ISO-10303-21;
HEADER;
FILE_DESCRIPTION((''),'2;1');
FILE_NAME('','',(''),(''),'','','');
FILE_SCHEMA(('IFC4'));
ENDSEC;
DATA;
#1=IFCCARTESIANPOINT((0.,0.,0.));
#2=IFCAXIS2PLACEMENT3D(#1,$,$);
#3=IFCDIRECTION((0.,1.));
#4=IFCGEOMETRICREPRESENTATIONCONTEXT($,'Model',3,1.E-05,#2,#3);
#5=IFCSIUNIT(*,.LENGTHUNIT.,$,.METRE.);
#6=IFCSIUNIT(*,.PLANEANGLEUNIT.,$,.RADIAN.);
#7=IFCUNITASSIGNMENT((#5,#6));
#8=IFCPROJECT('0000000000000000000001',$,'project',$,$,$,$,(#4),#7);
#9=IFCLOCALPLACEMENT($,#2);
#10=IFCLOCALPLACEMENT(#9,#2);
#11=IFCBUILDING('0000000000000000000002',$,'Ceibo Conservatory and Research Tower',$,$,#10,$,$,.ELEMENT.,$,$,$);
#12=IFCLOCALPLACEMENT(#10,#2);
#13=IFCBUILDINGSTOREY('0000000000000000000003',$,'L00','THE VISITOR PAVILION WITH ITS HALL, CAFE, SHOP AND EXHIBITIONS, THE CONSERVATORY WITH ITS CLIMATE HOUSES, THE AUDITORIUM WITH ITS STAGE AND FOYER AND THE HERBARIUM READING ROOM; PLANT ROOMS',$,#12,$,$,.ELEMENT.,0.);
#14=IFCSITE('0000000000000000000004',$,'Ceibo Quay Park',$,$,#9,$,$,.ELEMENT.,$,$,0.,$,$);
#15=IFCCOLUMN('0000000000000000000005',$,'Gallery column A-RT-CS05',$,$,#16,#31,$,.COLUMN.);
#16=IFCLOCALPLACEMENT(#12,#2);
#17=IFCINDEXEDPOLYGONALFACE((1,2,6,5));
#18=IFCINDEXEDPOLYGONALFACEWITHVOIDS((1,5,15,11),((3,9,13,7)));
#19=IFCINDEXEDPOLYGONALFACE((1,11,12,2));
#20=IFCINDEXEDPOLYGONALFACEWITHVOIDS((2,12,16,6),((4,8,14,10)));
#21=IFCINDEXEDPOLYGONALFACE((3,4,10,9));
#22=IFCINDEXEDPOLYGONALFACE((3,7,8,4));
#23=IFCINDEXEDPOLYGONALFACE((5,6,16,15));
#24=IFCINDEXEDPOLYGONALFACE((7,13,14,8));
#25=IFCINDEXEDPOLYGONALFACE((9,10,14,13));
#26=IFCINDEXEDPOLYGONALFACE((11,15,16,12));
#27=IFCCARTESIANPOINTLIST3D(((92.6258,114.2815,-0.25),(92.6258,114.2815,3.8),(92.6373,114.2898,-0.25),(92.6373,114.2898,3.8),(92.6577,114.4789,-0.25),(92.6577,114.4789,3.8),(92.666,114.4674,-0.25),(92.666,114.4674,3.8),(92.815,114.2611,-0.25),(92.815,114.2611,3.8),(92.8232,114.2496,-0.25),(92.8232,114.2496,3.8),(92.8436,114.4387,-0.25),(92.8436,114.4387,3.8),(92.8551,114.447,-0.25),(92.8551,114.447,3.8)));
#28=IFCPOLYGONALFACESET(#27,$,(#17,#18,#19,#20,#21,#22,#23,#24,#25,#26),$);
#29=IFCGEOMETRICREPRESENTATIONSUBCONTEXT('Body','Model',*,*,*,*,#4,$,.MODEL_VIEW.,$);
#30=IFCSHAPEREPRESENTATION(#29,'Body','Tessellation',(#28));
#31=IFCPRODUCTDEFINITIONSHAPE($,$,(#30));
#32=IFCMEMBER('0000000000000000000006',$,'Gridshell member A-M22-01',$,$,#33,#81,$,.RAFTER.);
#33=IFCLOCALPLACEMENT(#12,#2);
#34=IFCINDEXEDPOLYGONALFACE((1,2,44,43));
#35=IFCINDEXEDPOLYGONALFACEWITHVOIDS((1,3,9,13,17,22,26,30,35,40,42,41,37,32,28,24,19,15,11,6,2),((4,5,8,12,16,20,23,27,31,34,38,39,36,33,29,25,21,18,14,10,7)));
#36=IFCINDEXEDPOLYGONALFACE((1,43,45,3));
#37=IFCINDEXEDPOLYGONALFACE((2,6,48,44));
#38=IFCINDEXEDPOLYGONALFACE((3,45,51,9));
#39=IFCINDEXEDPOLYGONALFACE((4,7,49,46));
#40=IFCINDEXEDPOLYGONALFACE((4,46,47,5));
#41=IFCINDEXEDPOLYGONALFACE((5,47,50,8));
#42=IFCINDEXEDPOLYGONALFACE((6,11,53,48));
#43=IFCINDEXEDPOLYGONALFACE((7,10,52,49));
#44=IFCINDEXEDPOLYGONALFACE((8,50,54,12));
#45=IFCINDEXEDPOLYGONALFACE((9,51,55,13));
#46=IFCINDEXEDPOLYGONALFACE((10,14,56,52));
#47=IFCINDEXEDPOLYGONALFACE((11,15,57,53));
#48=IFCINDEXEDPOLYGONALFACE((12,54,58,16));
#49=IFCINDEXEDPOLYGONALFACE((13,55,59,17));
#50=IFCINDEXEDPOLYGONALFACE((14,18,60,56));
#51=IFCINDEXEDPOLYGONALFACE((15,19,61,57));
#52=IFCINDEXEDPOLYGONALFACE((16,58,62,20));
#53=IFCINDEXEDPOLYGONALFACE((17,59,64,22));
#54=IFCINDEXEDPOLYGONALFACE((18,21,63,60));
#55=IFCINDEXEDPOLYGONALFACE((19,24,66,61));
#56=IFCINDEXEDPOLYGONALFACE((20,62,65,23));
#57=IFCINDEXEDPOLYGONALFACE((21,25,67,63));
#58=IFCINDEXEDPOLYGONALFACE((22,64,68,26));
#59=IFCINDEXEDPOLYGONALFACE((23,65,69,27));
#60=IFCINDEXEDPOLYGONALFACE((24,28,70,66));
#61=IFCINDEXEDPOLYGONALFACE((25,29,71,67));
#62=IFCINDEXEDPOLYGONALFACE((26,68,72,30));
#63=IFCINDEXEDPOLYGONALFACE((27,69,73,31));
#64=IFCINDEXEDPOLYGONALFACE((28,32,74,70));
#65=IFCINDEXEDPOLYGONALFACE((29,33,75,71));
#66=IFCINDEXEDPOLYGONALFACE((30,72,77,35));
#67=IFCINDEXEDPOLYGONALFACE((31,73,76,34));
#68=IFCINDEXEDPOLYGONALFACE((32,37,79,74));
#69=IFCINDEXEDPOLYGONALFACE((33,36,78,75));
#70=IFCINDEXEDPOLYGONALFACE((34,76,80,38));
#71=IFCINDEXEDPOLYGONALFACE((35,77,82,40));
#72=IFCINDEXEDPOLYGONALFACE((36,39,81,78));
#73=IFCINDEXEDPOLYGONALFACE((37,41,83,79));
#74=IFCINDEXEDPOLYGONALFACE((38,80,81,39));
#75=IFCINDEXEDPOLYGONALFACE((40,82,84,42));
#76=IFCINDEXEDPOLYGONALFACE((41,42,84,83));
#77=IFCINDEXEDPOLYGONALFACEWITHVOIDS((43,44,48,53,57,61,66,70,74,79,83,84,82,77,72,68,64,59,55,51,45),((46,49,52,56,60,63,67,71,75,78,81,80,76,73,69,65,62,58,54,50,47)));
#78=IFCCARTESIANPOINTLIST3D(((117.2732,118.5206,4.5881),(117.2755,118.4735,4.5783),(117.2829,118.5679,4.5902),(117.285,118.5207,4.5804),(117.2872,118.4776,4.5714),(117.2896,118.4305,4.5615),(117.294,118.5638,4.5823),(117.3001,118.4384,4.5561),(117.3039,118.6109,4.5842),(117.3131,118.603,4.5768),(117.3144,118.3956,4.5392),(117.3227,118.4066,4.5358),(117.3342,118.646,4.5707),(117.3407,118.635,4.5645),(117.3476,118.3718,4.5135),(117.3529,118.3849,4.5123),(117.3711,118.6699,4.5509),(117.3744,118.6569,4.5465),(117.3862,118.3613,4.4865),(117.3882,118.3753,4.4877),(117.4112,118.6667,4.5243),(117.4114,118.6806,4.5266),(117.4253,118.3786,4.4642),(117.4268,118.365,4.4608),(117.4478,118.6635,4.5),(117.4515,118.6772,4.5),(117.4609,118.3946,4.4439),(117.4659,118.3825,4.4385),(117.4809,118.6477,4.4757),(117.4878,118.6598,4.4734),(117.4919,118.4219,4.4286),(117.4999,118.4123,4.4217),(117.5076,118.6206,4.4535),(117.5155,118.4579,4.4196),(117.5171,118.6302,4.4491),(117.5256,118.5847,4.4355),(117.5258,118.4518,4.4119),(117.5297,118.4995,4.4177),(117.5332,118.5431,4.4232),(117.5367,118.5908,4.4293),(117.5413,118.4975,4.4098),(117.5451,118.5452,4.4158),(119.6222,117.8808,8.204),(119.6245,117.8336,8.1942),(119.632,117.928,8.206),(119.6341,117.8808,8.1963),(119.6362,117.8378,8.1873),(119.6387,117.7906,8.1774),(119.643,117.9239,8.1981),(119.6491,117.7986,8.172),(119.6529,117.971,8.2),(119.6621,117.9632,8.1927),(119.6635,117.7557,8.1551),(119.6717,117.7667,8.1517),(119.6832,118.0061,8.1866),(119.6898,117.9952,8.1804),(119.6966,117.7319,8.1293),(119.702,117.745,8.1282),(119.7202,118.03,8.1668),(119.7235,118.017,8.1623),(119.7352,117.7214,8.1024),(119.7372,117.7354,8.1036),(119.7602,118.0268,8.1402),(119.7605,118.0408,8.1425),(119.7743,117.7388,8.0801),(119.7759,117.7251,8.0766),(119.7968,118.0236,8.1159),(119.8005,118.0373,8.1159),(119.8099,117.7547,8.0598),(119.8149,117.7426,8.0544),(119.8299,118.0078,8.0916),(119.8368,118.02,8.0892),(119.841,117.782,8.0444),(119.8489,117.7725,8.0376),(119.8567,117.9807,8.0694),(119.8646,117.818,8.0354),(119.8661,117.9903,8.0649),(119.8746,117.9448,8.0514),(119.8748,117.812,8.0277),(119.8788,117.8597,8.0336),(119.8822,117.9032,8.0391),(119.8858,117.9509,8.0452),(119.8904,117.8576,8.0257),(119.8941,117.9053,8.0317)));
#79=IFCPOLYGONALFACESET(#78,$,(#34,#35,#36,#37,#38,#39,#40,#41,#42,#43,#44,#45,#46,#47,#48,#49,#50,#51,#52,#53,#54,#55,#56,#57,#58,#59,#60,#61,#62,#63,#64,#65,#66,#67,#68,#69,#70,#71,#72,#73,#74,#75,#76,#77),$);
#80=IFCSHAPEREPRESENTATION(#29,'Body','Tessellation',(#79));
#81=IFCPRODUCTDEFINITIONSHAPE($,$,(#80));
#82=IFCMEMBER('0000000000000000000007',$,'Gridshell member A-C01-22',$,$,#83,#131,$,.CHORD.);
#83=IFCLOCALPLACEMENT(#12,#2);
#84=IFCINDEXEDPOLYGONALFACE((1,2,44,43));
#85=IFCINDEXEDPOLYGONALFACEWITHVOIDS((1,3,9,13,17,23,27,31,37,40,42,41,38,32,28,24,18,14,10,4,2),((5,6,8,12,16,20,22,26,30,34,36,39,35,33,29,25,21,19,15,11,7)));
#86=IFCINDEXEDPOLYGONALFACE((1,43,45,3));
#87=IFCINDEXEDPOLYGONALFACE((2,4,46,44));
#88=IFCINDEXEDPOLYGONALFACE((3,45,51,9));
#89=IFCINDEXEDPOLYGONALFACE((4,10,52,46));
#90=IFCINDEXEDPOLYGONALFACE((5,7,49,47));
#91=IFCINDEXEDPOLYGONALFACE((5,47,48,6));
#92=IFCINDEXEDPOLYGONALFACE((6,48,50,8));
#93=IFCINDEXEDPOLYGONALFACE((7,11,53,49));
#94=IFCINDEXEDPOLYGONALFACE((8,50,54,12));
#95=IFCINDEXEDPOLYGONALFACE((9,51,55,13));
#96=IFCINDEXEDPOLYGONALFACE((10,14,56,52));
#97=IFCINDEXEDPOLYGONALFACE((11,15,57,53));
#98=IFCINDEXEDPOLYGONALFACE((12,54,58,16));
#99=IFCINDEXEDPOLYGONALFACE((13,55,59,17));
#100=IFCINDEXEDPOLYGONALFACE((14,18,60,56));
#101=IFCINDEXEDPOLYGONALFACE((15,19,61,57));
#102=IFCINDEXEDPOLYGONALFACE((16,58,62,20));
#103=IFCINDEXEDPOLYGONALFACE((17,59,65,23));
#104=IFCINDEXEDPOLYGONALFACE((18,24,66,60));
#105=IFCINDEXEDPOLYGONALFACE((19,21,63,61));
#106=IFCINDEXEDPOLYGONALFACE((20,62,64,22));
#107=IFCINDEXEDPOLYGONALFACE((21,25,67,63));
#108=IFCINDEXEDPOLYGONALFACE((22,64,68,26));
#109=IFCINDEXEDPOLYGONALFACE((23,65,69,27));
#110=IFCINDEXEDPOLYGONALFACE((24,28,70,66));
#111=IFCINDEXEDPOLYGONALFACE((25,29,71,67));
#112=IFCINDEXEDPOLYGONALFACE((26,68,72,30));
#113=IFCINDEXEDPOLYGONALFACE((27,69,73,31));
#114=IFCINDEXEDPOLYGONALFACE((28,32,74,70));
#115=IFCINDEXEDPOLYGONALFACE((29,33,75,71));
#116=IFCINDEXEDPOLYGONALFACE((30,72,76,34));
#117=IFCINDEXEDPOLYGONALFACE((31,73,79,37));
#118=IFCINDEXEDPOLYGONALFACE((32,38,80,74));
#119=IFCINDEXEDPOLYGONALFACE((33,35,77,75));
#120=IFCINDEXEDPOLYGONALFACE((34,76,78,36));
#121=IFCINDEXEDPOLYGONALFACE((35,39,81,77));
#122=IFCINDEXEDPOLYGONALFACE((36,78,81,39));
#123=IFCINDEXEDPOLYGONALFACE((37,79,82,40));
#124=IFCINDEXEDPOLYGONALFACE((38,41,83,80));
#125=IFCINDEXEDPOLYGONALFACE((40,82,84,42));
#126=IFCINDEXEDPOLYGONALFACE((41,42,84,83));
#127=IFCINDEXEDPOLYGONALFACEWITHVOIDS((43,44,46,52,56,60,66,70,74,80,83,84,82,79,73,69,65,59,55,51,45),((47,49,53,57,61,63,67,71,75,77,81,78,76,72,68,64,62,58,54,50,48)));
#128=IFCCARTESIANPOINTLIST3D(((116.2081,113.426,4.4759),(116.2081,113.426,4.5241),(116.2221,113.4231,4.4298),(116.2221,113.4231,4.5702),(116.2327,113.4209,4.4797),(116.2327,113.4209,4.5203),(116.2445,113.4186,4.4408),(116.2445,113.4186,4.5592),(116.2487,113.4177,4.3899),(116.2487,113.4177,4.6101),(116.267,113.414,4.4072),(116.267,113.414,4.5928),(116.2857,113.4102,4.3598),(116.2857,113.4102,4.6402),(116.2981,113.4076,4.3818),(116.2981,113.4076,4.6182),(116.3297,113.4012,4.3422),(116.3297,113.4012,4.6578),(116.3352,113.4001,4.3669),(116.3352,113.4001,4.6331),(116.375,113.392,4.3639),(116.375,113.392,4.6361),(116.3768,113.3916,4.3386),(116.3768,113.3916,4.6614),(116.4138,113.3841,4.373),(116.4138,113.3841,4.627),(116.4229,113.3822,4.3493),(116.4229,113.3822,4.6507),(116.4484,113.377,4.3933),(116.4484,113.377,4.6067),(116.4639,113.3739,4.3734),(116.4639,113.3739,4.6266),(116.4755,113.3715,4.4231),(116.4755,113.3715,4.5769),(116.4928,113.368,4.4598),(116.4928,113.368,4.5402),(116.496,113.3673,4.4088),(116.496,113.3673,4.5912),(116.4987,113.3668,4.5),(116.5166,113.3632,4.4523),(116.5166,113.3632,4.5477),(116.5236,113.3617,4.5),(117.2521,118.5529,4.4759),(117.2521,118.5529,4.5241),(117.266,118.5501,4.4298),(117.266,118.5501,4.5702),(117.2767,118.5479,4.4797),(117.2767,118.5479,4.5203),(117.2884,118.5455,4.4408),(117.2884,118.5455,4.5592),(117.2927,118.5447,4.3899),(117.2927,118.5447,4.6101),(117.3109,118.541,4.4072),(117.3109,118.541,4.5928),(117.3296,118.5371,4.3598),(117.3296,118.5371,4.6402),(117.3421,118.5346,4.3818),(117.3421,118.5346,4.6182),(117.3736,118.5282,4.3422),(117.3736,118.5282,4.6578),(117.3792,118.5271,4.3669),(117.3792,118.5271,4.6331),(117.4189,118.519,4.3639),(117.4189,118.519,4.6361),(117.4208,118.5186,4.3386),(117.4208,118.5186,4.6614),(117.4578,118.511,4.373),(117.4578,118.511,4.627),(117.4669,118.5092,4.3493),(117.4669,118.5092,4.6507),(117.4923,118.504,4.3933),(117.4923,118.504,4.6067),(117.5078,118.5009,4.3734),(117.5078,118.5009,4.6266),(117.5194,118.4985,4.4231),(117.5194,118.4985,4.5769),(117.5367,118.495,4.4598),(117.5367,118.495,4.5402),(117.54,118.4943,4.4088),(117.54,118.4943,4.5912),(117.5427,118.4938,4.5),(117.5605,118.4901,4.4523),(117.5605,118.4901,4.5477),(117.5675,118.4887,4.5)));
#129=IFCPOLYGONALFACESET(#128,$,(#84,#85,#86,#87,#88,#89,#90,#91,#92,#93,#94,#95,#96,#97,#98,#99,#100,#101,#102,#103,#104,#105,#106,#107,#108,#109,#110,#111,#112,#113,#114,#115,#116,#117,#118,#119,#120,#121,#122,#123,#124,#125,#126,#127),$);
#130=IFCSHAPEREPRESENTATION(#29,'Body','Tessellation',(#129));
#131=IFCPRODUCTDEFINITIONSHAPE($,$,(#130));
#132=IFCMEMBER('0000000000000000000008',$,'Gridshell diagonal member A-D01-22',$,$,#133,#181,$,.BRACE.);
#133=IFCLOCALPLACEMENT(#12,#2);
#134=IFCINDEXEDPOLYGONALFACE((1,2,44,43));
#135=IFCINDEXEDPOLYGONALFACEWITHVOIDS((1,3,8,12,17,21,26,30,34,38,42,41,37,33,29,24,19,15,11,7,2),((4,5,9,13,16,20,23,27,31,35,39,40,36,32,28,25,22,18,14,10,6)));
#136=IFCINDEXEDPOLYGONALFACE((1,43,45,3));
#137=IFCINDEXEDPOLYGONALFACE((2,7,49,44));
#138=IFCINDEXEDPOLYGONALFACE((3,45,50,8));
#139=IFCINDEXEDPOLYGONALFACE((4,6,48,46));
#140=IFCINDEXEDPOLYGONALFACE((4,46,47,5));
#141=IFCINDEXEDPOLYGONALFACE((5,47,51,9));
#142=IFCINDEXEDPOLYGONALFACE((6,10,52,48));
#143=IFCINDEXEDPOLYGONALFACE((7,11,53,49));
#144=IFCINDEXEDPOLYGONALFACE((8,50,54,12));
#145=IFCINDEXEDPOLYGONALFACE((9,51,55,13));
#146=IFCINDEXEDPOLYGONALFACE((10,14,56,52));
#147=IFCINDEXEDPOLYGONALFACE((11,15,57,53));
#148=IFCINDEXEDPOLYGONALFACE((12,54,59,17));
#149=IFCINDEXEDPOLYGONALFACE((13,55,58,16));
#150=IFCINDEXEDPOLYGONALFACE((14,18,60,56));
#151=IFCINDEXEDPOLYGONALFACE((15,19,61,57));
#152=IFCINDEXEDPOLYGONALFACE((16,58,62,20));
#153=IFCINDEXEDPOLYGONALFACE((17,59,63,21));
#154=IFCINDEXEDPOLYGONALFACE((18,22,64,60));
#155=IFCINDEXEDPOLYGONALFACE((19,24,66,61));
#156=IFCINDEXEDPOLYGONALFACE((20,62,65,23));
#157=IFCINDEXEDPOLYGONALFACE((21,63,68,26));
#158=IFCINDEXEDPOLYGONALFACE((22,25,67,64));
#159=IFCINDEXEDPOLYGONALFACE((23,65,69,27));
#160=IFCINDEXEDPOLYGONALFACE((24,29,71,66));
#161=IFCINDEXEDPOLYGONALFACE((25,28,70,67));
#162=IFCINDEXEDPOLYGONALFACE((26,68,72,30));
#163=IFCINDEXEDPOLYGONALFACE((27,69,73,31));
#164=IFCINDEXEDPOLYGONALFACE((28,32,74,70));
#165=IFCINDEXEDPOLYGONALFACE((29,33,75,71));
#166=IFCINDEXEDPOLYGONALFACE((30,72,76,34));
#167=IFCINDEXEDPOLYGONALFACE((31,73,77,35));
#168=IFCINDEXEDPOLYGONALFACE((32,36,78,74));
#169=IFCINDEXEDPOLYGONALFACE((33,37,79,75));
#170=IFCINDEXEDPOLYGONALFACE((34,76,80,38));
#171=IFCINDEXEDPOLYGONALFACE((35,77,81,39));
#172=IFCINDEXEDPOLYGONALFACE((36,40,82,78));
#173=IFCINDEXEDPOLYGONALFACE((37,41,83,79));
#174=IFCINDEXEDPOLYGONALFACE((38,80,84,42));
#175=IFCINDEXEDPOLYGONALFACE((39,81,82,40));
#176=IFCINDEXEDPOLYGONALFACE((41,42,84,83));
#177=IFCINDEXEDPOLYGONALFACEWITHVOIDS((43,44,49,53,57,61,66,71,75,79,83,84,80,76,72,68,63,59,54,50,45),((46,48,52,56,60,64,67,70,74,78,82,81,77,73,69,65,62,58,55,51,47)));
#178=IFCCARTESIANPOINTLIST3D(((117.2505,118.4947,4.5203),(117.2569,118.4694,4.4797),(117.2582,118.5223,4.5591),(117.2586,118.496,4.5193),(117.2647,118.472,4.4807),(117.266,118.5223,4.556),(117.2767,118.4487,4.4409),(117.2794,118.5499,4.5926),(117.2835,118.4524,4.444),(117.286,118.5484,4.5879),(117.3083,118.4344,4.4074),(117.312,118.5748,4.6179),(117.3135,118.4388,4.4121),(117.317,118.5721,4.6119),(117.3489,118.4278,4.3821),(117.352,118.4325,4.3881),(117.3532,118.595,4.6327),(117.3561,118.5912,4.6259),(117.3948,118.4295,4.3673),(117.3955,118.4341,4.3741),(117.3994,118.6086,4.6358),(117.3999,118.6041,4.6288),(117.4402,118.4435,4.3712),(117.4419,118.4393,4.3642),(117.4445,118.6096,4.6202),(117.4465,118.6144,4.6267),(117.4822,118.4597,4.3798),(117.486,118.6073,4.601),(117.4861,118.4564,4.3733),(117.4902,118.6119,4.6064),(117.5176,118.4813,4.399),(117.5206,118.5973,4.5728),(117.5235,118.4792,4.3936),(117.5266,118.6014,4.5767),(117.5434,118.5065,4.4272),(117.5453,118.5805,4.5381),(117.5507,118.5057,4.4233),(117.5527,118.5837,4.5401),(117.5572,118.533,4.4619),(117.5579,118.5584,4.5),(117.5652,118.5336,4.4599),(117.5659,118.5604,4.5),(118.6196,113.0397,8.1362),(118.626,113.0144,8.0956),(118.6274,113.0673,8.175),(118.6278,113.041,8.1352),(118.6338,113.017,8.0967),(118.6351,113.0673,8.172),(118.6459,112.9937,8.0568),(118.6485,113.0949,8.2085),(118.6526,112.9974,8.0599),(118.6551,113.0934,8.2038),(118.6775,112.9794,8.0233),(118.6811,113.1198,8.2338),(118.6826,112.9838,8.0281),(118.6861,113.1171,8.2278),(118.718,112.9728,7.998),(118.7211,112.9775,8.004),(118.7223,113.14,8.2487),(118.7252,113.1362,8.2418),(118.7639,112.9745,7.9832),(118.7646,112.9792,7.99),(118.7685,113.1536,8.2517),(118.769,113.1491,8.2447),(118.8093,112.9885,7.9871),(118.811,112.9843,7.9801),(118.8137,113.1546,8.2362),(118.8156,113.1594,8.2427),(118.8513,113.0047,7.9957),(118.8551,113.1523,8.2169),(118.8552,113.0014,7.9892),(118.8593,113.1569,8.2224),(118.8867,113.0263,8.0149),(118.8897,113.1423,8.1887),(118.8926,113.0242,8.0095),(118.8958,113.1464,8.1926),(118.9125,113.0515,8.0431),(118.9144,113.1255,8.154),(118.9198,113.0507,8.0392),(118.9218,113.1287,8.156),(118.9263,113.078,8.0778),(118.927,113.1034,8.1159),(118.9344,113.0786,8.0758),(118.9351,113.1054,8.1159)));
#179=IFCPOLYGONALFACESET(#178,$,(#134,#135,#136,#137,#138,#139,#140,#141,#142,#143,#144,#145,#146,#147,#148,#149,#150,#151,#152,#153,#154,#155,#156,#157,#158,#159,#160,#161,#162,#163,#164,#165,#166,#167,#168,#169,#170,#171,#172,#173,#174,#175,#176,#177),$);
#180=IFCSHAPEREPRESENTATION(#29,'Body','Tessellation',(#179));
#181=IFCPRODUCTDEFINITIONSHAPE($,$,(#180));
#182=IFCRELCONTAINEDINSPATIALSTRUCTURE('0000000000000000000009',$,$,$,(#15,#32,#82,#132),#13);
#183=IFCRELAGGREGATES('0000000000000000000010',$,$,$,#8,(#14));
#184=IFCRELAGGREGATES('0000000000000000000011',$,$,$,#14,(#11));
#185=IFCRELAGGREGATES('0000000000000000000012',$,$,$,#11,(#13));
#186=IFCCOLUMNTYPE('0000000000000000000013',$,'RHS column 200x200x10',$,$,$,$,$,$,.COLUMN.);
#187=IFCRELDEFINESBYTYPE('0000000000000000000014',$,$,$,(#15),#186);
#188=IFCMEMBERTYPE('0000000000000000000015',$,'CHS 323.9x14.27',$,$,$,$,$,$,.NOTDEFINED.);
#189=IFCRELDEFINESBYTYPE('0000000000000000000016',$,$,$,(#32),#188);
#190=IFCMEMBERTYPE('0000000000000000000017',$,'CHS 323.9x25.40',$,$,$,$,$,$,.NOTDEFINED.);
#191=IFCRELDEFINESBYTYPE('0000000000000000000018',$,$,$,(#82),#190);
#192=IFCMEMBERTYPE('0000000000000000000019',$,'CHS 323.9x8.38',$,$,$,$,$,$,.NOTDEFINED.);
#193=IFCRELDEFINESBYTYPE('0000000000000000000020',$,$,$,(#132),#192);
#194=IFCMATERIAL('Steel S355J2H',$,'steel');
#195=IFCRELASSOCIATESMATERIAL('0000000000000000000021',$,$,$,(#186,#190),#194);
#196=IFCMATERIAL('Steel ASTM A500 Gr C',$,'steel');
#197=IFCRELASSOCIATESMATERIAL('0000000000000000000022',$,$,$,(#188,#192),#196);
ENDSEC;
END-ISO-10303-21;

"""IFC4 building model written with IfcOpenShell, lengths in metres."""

from ifc_helpers import new_model, si_unit, direction, frame, origin, origin_2d, place, context, subcontext, project, spatial, hollow_rectangle, hollow_circle, extrude, material, material_profile, profile_set, type_object, element, save


model = new_model("IFC4")

# Units and contexts
model_context = context("Model", 3, precision=1e-05, world=origin(), true_north=direction((0.0, 1.0)))
body_context = subcontext(model_context, "Body", "Model", "MODEL_VIEW")
ifc_project = project(units=[si_unit("LENGTHUNIT", "METRE"), si_unit("PLANEANGLEUNIT", "RADIAN")], contexts=[model_context])

# Site, building, storey
site_placement = place(None, origin())
site = spatial("IfcSite", under=ifc_project, at=site_placement, Name="Ceibo Quay Park", CompositionType="ELEMENT", RefElevation=0.0)
building_placement = place(site_placement, origin())
building = spatial("IfcBuilding", under=site, at=building_placement, Name="Ceibo Conservatory and Research Tower", CompositionType="ELEMENT")
storey_placement = place(building_placement, origin())
storey = spatial("IfcBuildingStorey", under=building, at=storey_placement, Name="L00", Description="THE VISITOR PAVILION WITH ITS HALL, CAFE, SHOP AND EXHIBITIONS, THE CONSERVATORY WITH ITS CLIMATE HOUSES, THE AUDITORIUM WITH ITS STAGE AND FOYER AND THE HERBARIUM READING ROOM; PLANT ROOMS", CompositionType="ELEMENT", Elevation=0.0)

# Column
ifc_material_1 = material(Name="Steel S355J2H", Category="steel")
ifc_material_profile_1 = material_profile(ifc_material_1, hollow_rectangle(XDim=0.2, YDim=0.2, WallThickness=0.01, at=origin_2d()), Name="RHS column 200x200x10")
ifc_profile_set_1 = profile_set([ifc_material_profile_1], Name="Steel S355J2H")
column_type = type_object("IfcColumnType", Name="RHS column 200x200x10", PredefinedType="COLUMN", material=ifc_profile_set_1)
column_placement = place(storey_placement, frame((92.7405, 114.3643, -0.25), z_axis=(0.0, 0.0, 1.0), x_axis=(-0.987216, 0.159391, 0.0)))
element("IfcColumn", 1, at=column_placement, inside=storey, type_object=column_type, Name="Gallery column A-RT-CS05", PredefinedType="COLUMN", context=body_context, shape_type="SweptSolid", body=[
    extrude(hollow_rectangle(XDim=0.2, YDim=0.2, WallThickness=0.01, at=origin_2d()), origin(), (0.0, 0.0, 1.0), 4.05),
])

# Members
ifc_material_2 = material(Name="Steel ASTM A500 Gr C", Category="steel")
ifc_material_profile_2 = material_profile(ifc_material_2, hollow_circle(Radius=0.1619, WallThickness=0.0142, at=origin_2d()), Name="CHS 323.9x14.27")
ifc_profile_set_2 = profile_set([ifc_material_profile_2], Name="Steel ASTM A500 Gr C")
member_type_1 = type_object("IfcMemberType", Name="CHS 323.9x14.27", PredefinedType="NOTDEFINED", material=ifc_profile_set_2)
member_1_placement = place(storey_placement, frame((117.4089, 118.521, 4.5), z_axis=(0.538882, -0.14679, 0.829493), x_axis=(0.26282, 0.964845, 0.0)))
element("IfcMember", 2, at=member_1_placement, inside=storey, type_object=member_type_1, Name="Gridshell member A-M22-01", PredefinedType="RAFTER", context=body_context, shape_type="SweptSolid", body=[
    extrude(hollow_circle(Radius=0.1619, WallThickness=0.0142, at=origin_2d()), origin(), (0.0, 0.0, 1.0), 4.3591),
])
ifc_material_profile_3 = material_profile(ifc_material_1, hollow_circle(Radius=0.1619, WallThickness=0.0254, at=origin_2d()), Name="CHS 323.9x25.40")
ifc_profile_set_3 = profile_set([ifc_material_profile_3], Name="Steel S355J2H")
member_type_2 = type_object("IfcMemberType", Name="CHS 323.9x25.40", PredefinedType="NOTDEFINED", material=ifc_profile_set_3)
member_2_placement = place(storey_placement, frame((117.4089, 118.521, 4.5), z_axis=(-0.199525, -0.979893, 0.0), x_axis=(0.979893, -0.199525, 0.0)))
element("IfcMember", 3, at=member_2_placement, inside=storey, type_object=member_type_2, Name="Gridshell member A-C01-22", PredefinedType="CHORD", context=body_context, shape_type="SweptSolid", body=[
    extrude(hollow_circle(Radius=0.1619, WallThickness=0.0254, at=origin_2d()), origin(), (0.0, 0.0, 1.0), 5.2322),
])
ifc_material_profile_4 = material_profile(ifc_material_2, hollow_circle(Radius=0.1619, WallThickness=0.0083, at=origin_2d()), Name="CHS 323.9x8.38")
ifc_profile_set_4 = profile_set([ifc_material_profile_4], Name="Steel ASTM A500 Gr C")
member_type_3 = type_object("IfcMemberType", Name="CHS 323.9x8.38", PredefinedType="NOTDEFINED", material=ifc_profile_set_4)
member_3_placement = place(storey_placement, frame((117.4089, 118.521, 4.5), z_axis=(0.204766, -0.81585, 0.540796), x_axis=(0.969917, 0.243434, 0.0)))
element("IfcMember", 4, at=member_3_placement, inside=storey, type_object=member_type_3, Name="Gridshell diagonal member A-D01-22", PredefinedType="BRACE", context=body_context, shape_type="SweptSolid", body=[
    extrude(hollow_circle(Radius=0.1619, WallThickness=0.0083, at=origin_2d()), origin(), (0.0, 0.0, 1.0), 6.6863),
])

save(model, "model.ifc")
